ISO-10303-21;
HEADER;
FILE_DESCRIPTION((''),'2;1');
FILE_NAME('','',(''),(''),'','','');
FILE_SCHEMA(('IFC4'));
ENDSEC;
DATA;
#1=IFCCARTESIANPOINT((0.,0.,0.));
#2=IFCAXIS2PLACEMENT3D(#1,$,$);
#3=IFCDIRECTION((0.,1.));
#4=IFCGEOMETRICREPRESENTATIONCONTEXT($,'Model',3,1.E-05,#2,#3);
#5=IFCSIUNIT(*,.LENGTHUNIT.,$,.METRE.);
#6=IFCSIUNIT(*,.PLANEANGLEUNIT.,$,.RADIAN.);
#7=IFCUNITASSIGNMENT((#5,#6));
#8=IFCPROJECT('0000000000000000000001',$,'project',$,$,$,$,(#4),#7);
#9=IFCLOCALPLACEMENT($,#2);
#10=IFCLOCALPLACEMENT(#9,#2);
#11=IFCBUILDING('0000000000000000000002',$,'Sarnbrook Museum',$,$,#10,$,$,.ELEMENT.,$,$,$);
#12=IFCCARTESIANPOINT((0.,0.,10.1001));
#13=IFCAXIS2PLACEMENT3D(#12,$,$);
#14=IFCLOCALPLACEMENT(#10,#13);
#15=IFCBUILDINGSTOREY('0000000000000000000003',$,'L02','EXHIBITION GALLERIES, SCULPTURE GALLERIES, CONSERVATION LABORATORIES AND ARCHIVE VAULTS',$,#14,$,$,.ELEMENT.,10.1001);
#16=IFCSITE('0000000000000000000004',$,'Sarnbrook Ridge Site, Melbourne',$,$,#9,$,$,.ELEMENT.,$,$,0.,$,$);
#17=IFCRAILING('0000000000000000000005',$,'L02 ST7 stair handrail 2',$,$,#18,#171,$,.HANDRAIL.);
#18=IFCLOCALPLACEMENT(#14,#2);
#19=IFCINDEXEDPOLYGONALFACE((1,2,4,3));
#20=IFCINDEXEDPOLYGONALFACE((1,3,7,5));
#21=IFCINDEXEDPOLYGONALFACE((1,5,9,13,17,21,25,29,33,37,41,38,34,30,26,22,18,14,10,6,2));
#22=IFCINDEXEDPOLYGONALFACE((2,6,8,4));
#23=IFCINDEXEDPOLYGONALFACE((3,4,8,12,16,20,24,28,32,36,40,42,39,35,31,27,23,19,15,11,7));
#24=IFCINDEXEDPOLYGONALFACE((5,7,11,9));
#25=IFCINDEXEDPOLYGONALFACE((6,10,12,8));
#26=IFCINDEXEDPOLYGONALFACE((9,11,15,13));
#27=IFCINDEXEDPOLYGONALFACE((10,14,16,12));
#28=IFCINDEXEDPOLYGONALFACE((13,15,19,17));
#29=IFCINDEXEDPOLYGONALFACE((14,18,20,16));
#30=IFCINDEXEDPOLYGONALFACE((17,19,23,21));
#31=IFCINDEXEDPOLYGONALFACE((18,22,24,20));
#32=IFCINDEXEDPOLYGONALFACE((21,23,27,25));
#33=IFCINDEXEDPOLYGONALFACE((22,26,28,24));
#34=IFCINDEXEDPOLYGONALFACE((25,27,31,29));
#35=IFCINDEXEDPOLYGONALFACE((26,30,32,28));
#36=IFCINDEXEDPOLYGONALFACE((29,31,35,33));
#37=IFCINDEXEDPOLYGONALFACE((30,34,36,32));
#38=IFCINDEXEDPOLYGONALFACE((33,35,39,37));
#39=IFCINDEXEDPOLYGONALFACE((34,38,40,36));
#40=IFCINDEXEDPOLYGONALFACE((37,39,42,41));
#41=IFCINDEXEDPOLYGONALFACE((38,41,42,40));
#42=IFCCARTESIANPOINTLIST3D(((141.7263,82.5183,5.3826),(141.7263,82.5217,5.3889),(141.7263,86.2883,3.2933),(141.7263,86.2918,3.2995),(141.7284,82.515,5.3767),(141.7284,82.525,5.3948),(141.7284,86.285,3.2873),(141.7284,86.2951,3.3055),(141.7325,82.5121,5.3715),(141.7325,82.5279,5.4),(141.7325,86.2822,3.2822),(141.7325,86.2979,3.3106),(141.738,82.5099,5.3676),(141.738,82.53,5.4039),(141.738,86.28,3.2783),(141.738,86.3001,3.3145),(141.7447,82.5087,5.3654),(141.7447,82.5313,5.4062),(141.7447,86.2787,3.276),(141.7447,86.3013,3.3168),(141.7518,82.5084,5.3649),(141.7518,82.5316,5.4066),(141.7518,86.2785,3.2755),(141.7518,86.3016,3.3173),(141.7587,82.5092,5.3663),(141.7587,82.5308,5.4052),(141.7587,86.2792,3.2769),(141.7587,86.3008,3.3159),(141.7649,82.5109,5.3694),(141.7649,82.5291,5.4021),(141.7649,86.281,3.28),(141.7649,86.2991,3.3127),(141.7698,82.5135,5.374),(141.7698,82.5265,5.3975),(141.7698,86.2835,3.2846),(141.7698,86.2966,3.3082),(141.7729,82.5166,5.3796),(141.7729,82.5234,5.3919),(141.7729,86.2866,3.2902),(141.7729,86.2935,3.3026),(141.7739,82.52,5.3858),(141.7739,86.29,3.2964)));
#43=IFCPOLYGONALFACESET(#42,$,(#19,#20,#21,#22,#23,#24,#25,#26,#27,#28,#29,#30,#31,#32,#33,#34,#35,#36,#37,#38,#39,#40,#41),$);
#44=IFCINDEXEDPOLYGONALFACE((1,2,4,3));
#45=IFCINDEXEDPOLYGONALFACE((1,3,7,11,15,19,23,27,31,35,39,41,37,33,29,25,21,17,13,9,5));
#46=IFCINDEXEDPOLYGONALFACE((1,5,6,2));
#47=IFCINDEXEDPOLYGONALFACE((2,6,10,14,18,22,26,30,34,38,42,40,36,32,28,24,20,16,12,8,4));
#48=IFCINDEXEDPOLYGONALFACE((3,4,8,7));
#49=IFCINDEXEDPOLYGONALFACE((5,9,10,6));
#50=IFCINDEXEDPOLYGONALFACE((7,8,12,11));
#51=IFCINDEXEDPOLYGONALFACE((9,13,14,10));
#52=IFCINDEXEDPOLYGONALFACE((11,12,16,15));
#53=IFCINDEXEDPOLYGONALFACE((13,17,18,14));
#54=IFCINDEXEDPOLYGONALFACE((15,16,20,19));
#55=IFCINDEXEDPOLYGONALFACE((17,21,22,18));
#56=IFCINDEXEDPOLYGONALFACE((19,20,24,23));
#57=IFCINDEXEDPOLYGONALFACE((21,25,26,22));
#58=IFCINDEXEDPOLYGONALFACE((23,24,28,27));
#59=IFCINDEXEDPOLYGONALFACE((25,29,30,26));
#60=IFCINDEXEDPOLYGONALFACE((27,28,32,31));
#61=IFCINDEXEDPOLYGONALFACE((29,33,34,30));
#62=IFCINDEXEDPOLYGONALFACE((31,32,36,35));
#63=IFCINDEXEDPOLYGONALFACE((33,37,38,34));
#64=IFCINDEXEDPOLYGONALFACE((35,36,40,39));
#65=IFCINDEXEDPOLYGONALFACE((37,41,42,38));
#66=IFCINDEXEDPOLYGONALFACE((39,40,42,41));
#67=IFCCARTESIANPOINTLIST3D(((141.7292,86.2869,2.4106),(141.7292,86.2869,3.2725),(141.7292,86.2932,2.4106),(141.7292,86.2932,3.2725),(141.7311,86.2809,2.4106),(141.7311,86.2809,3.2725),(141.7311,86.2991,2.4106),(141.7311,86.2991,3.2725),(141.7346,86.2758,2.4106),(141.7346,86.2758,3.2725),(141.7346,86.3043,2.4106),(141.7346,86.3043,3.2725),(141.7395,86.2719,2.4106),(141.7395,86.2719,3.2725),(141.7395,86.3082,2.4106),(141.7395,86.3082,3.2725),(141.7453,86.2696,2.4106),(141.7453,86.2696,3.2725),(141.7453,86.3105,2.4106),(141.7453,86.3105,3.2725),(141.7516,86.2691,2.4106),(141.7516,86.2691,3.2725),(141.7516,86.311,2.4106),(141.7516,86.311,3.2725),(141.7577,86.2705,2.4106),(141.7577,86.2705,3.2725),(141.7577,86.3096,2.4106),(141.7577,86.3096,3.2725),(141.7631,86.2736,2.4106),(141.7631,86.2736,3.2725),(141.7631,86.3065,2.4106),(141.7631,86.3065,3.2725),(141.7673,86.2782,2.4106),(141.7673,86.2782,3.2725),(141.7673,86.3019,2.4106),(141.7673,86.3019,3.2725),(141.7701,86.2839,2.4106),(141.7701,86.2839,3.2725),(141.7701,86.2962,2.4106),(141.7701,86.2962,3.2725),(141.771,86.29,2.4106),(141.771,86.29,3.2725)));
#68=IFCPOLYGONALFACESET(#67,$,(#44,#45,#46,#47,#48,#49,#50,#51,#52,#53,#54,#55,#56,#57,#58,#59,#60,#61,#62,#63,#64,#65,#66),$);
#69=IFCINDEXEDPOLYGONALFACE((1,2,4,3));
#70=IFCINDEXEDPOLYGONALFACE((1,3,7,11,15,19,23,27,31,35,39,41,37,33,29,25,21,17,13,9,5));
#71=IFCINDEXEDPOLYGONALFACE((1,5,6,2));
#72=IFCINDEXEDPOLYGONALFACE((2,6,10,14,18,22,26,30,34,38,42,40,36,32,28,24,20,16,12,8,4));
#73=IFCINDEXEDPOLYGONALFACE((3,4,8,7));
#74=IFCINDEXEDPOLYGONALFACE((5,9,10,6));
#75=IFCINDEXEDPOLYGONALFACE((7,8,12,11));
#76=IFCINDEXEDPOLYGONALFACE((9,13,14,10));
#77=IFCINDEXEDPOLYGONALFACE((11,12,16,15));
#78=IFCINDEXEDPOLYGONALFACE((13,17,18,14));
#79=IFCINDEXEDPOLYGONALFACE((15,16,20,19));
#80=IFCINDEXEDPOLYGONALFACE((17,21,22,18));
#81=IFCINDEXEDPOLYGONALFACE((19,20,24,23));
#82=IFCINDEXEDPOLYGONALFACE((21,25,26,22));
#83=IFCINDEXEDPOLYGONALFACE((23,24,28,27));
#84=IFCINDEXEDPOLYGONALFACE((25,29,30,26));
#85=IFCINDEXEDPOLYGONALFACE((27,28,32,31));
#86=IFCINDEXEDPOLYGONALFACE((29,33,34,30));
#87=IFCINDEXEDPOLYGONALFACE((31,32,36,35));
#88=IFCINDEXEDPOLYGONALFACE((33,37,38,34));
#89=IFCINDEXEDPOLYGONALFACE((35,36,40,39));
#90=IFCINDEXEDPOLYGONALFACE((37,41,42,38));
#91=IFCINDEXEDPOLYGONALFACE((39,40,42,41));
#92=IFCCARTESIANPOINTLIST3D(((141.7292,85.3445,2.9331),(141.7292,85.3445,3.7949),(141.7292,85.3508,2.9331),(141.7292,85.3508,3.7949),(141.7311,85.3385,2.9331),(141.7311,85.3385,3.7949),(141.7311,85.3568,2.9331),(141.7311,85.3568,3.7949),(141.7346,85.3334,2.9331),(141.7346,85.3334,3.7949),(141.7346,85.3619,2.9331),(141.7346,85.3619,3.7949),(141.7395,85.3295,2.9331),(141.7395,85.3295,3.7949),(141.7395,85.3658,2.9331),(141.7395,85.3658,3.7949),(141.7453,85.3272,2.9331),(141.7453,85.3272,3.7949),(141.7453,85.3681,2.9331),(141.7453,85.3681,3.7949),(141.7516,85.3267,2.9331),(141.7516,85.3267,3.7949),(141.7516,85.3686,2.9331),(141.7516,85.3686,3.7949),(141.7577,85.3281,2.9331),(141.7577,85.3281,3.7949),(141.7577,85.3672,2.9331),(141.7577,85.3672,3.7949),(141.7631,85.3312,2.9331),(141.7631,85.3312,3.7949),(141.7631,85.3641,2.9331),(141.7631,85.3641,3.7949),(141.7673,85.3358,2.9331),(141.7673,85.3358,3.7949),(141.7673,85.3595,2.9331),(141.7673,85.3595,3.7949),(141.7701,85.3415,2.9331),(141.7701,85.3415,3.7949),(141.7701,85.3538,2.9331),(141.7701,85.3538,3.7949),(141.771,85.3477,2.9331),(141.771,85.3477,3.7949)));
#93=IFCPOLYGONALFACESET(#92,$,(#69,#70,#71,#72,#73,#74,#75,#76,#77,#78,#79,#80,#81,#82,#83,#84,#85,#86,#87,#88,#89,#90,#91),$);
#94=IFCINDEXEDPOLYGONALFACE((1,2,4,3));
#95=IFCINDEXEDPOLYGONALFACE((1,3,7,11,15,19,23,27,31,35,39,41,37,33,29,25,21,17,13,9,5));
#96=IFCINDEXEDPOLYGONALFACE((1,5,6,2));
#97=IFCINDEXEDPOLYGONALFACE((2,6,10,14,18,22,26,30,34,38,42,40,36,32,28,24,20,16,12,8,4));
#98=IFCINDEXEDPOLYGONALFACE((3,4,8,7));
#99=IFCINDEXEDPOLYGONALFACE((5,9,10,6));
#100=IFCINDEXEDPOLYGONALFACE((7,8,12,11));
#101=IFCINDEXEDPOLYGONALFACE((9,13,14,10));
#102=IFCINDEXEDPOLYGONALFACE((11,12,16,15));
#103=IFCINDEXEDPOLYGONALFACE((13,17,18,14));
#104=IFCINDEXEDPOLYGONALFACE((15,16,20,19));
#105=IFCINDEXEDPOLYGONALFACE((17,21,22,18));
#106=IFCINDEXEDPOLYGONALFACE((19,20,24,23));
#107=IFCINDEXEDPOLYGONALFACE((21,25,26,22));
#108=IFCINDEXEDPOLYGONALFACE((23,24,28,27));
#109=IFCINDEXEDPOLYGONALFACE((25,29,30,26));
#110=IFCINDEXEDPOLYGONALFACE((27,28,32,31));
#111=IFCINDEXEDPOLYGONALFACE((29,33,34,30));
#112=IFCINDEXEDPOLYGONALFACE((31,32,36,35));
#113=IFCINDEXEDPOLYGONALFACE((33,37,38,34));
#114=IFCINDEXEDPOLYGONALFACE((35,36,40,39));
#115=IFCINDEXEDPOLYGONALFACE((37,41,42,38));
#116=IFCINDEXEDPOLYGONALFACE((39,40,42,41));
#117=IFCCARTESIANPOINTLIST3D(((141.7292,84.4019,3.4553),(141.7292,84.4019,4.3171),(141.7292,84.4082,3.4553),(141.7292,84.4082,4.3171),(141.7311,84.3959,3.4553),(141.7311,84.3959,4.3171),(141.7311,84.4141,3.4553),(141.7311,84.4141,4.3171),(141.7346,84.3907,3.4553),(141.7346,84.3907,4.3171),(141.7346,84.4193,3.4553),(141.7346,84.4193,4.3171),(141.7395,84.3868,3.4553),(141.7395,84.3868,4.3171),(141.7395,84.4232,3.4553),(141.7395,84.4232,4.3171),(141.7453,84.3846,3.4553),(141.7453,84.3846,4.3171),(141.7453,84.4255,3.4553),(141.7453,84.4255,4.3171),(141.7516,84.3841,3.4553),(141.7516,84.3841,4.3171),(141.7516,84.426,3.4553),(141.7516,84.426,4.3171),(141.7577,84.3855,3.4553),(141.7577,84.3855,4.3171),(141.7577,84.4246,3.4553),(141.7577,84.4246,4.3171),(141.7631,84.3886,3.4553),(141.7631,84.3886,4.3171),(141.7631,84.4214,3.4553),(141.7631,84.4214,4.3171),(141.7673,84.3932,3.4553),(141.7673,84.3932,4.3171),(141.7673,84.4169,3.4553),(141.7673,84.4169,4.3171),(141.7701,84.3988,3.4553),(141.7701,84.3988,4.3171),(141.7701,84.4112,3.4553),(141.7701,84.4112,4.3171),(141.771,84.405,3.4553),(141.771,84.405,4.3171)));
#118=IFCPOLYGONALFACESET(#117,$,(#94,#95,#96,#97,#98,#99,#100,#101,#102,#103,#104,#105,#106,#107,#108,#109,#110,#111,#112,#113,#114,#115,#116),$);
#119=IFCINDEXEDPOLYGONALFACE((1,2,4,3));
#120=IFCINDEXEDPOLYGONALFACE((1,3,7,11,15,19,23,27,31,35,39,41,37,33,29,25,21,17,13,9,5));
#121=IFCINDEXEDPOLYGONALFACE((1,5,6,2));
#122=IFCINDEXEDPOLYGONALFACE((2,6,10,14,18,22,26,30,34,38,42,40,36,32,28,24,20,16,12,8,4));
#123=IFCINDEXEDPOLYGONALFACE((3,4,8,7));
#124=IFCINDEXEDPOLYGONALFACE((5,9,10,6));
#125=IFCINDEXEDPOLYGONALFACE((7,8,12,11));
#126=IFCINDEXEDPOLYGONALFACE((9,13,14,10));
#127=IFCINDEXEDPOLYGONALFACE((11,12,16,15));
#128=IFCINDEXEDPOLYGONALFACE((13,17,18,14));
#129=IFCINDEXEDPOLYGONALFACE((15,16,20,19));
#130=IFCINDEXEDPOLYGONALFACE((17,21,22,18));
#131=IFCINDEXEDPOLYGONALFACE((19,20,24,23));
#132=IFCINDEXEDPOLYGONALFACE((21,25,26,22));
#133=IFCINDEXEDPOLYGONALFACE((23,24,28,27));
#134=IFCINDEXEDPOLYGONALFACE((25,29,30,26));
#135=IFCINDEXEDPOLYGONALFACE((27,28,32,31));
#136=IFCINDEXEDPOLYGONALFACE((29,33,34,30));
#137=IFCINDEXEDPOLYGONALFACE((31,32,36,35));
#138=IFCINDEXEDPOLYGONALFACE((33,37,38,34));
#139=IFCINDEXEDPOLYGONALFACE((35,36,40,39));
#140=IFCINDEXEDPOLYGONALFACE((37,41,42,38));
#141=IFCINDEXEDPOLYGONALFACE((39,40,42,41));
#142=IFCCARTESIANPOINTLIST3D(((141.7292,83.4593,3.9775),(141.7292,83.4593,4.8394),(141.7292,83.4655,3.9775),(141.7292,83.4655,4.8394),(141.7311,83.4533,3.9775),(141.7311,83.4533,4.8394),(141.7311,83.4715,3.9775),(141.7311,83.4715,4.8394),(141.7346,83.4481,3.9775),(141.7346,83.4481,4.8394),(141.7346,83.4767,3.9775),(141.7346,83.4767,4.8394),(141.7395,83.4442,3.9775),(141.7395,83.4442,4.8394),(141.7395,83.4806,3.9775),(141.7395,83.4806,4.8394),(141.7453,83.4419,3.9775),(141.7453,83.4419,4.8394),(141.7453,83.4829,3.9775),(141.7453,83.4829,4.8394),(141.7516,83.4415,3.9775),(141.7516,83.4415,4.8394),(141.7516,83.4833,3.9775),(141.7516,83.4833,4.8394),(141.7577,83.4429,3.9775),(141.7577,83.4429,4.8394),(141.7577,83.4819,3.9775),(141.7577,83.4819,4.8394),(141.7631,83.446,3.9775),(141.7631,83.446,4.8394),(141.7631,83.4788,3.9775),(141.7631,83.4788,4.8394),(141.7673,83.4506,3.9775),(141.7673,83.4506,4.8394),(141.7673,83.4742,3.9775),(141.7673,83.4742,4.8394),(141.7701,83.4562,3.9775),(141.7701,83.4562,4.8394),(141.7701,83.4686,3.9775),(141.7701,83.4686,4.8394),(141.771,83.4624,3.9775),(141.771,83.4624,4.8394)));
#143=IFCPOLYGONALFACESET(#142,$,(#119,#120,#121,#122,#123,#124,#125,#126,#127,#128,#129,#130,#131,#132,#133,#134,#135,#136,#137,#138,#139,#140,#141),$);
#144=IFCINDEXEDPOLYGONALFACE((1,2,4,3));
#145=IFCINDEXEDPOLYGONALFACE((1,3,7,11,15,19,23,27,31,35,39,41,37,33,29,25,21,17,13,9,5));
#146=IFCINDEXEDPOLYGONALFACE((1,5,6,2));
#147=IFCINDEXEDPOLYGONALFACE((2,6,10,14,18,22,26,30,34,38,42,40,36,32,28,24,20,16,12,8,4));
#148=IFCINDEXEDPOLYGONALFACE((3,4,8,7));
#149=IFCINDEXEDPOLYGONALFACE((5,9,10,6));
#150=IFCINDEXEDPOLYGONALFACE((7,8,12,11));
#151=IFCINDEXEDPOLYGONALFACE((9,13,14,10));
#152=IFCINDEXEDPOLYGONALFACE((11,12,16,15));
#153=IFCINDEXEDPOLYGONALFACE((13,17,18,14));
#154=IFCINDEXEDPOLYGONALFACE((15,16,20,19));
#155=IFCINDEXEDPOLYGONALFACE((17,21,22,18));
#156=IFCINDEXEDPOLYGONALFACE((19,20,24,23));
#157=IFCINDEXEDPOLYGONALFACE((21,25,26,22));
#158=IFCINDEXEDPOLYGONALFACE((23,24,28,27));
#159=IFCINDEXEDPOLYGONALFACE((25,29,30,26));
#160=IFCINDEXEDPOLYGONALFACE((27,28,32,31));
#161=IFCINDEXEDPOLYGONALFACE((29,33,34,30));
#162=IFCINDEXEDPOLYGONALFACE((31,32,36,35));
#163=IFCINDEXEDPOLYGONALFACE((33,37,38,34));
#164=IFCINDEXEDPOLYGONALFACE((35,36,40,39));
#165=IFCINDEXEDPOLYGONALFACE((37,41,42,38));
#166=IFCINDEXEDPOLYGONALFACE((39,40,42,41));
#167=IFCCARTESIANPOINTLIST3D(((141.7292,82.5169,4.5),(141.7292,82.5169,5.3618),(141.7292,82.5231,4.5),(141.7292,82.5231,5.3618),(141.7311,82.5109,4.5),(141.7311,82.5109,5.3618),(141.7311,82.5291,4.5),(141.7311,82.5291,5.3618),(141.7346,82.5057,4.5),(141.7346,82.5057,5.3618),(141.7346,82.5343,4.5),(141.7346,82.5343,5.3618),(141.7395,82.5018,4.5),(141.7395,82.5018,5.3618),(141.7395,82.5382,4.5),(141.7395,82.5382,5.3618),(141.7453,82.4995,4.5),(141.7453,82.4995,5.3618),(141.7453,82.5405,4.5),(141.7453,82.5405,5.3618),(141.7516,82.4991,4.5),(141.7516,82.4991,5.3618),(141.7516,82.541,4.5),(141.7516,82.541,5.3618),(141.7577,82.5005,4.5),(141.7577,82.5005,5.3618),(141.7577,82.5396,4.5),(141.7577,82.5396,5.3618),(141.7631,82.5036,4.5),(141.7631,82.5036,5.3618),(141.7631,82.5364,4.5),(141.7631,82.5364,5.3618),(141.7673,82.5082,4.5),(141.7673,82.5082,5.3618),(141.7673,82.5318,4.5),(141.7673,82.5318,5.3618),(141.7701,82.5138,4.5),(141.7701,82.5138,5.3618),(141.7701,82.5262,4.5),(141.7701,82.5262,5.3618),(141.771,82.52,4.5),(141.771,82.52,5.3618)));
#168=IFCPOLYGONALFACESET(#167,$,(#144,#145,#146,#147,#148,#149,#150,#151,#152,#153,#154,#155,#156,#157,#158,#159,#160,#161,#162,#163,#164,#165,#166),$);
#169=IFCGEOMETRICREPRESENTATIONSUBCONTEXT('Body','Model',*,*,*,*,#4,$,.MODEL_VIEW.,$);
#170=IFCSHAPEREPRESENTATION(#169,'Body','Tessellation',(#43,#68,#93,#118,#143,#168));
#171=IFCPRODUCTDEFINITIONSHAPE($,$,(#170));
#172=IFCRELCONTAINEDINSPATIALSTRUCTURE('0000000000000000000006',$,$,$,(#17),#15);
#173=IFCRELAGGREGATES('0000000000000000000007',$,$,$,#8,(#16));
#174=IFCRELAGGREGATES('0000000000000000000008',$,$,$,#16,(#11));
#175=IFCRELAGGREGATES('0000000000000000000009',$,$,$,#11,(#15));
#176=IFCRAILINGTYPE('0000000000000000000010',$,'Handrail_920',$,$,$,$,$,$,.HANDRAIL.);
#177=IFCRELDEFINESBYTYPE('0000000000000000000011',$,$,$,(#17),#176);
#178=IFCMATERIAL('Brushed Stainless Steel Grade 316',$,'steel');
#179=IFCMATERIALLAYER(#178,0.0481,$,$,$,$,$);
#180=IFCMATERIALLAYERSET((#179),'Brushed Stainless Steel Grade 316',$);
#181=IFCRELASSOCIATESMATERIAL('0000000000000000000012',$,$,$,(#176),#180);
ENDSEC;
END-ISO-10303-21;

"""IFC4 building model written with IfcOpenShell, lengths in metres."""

from ifc_helpers import new_model, si_unit, direction, frame, origin, origin_2d, place, context, subcontext, project, spatial, circle, extrude, material, layer, layer_set, type_object, element, save


model = new_model("IFC4")

# Units and contexts
model_context = context("Model", 3, precision=1e-05, world=origin(), true_north=direction((0.0, 1.0)))
body_context = subcontext(model_context, "Body", "Model", "MODEL_VIEW")
ifc_project = project(units=[si_unit("LENGTHUNIT", "METRE"), si_unit("PLANEANGLEUNIT", "RADIAN")], contexts=[model_context])

# Site, building, storey
site_placement = place(None, origin())
site = spatial("IfcSite", under=ifc_project, at=site_placement, Name="Sarnbrook Ridge Site, Melbourne", CompositionType="ELEMENT", RefElevation=0.0)
building_placement = place(site_placement, origin())
building = spatial("IfcBuilding", under=site, at=building_placement, Name="Sarnbrook Museum", CompositionType="ELEMENT")
storey_placement = place(building_placement, frame((0.0, 0.0, 10.1001)))
storey = spatial("IfcBuildingStorey", under=building, at=storey_placement, Name="L02", Description="EXHIBITION GALLERIES, SCULPTURE GALLERIES, CONSERVATION LABORATORIES AND ARCHIVE VAULTS", CompositionType="ELEMENT", Elevation=10.1001)

# Railing
ifc_material_1 = material(Name="Brushed Stainless Steel Grade 316", Category="steel")
ifc_layer_1 = layer(ifc_material_1, 0.0481)
ifc_layer_set_1 = layer_set([ifc_layer_1], Name="Brushed Stainless Steel Grade 316")
railing_type_1 = type_object("IfcRailingType", Name="Handrail_920", PredefinedType="HANDRAIL", material=ifc_layer_set_1)
railing_1_placement = place(storey_placement, frame((141.75, 86.29, 2.4106)))
element("IfcRailing", 1, at=railing_1_placement, inside=storey, type_object=railing_type_1, Name="L02 ST7 stair handrail 2", PredefinedType="HANDRAIL", context=body_context, shape_type="SweptSolid", body=[
    extrude(circle(Radius=0.0239, at=origin_2d()), frame((0.0, 0.0, 0.8857), z_axis=(0.0, -0.874659, 0.484739), x_axis=(1.0, 0.0, 0.0)), (0.0, 0.0, 1.0), 4.3103),
    extrude(circle(Radius=0.021, at=origin_2d()), origin(), (0.0, 0.0, 1.0), 0.8618),
    extrude(circle(Radius=0.021, at=origin_2d()), frame((0.0, -0.9424, 0.5225)), (0.0, 0.0, 1.0), 0.8618),
    extrude(circle(Radius=0.021, at=origin_2d()), frame((0.0, -1.885, 1.0447)), (0.0, 0.0, 1.0), 0.8618),
    extrude(circle(Radius=0.021, at=origin_2d()), frame((0.0, -2.8276, 1.5669)), (0.0, 0.0, 1.0), 0.8618),
    extrude(circle(Radius=0.021, at=origin_2d()), frame((0.0, -3.77, 2.0894)), (0.0, 0.0, 1.0), 0.8618),
])

save(model, "model.ifc")
